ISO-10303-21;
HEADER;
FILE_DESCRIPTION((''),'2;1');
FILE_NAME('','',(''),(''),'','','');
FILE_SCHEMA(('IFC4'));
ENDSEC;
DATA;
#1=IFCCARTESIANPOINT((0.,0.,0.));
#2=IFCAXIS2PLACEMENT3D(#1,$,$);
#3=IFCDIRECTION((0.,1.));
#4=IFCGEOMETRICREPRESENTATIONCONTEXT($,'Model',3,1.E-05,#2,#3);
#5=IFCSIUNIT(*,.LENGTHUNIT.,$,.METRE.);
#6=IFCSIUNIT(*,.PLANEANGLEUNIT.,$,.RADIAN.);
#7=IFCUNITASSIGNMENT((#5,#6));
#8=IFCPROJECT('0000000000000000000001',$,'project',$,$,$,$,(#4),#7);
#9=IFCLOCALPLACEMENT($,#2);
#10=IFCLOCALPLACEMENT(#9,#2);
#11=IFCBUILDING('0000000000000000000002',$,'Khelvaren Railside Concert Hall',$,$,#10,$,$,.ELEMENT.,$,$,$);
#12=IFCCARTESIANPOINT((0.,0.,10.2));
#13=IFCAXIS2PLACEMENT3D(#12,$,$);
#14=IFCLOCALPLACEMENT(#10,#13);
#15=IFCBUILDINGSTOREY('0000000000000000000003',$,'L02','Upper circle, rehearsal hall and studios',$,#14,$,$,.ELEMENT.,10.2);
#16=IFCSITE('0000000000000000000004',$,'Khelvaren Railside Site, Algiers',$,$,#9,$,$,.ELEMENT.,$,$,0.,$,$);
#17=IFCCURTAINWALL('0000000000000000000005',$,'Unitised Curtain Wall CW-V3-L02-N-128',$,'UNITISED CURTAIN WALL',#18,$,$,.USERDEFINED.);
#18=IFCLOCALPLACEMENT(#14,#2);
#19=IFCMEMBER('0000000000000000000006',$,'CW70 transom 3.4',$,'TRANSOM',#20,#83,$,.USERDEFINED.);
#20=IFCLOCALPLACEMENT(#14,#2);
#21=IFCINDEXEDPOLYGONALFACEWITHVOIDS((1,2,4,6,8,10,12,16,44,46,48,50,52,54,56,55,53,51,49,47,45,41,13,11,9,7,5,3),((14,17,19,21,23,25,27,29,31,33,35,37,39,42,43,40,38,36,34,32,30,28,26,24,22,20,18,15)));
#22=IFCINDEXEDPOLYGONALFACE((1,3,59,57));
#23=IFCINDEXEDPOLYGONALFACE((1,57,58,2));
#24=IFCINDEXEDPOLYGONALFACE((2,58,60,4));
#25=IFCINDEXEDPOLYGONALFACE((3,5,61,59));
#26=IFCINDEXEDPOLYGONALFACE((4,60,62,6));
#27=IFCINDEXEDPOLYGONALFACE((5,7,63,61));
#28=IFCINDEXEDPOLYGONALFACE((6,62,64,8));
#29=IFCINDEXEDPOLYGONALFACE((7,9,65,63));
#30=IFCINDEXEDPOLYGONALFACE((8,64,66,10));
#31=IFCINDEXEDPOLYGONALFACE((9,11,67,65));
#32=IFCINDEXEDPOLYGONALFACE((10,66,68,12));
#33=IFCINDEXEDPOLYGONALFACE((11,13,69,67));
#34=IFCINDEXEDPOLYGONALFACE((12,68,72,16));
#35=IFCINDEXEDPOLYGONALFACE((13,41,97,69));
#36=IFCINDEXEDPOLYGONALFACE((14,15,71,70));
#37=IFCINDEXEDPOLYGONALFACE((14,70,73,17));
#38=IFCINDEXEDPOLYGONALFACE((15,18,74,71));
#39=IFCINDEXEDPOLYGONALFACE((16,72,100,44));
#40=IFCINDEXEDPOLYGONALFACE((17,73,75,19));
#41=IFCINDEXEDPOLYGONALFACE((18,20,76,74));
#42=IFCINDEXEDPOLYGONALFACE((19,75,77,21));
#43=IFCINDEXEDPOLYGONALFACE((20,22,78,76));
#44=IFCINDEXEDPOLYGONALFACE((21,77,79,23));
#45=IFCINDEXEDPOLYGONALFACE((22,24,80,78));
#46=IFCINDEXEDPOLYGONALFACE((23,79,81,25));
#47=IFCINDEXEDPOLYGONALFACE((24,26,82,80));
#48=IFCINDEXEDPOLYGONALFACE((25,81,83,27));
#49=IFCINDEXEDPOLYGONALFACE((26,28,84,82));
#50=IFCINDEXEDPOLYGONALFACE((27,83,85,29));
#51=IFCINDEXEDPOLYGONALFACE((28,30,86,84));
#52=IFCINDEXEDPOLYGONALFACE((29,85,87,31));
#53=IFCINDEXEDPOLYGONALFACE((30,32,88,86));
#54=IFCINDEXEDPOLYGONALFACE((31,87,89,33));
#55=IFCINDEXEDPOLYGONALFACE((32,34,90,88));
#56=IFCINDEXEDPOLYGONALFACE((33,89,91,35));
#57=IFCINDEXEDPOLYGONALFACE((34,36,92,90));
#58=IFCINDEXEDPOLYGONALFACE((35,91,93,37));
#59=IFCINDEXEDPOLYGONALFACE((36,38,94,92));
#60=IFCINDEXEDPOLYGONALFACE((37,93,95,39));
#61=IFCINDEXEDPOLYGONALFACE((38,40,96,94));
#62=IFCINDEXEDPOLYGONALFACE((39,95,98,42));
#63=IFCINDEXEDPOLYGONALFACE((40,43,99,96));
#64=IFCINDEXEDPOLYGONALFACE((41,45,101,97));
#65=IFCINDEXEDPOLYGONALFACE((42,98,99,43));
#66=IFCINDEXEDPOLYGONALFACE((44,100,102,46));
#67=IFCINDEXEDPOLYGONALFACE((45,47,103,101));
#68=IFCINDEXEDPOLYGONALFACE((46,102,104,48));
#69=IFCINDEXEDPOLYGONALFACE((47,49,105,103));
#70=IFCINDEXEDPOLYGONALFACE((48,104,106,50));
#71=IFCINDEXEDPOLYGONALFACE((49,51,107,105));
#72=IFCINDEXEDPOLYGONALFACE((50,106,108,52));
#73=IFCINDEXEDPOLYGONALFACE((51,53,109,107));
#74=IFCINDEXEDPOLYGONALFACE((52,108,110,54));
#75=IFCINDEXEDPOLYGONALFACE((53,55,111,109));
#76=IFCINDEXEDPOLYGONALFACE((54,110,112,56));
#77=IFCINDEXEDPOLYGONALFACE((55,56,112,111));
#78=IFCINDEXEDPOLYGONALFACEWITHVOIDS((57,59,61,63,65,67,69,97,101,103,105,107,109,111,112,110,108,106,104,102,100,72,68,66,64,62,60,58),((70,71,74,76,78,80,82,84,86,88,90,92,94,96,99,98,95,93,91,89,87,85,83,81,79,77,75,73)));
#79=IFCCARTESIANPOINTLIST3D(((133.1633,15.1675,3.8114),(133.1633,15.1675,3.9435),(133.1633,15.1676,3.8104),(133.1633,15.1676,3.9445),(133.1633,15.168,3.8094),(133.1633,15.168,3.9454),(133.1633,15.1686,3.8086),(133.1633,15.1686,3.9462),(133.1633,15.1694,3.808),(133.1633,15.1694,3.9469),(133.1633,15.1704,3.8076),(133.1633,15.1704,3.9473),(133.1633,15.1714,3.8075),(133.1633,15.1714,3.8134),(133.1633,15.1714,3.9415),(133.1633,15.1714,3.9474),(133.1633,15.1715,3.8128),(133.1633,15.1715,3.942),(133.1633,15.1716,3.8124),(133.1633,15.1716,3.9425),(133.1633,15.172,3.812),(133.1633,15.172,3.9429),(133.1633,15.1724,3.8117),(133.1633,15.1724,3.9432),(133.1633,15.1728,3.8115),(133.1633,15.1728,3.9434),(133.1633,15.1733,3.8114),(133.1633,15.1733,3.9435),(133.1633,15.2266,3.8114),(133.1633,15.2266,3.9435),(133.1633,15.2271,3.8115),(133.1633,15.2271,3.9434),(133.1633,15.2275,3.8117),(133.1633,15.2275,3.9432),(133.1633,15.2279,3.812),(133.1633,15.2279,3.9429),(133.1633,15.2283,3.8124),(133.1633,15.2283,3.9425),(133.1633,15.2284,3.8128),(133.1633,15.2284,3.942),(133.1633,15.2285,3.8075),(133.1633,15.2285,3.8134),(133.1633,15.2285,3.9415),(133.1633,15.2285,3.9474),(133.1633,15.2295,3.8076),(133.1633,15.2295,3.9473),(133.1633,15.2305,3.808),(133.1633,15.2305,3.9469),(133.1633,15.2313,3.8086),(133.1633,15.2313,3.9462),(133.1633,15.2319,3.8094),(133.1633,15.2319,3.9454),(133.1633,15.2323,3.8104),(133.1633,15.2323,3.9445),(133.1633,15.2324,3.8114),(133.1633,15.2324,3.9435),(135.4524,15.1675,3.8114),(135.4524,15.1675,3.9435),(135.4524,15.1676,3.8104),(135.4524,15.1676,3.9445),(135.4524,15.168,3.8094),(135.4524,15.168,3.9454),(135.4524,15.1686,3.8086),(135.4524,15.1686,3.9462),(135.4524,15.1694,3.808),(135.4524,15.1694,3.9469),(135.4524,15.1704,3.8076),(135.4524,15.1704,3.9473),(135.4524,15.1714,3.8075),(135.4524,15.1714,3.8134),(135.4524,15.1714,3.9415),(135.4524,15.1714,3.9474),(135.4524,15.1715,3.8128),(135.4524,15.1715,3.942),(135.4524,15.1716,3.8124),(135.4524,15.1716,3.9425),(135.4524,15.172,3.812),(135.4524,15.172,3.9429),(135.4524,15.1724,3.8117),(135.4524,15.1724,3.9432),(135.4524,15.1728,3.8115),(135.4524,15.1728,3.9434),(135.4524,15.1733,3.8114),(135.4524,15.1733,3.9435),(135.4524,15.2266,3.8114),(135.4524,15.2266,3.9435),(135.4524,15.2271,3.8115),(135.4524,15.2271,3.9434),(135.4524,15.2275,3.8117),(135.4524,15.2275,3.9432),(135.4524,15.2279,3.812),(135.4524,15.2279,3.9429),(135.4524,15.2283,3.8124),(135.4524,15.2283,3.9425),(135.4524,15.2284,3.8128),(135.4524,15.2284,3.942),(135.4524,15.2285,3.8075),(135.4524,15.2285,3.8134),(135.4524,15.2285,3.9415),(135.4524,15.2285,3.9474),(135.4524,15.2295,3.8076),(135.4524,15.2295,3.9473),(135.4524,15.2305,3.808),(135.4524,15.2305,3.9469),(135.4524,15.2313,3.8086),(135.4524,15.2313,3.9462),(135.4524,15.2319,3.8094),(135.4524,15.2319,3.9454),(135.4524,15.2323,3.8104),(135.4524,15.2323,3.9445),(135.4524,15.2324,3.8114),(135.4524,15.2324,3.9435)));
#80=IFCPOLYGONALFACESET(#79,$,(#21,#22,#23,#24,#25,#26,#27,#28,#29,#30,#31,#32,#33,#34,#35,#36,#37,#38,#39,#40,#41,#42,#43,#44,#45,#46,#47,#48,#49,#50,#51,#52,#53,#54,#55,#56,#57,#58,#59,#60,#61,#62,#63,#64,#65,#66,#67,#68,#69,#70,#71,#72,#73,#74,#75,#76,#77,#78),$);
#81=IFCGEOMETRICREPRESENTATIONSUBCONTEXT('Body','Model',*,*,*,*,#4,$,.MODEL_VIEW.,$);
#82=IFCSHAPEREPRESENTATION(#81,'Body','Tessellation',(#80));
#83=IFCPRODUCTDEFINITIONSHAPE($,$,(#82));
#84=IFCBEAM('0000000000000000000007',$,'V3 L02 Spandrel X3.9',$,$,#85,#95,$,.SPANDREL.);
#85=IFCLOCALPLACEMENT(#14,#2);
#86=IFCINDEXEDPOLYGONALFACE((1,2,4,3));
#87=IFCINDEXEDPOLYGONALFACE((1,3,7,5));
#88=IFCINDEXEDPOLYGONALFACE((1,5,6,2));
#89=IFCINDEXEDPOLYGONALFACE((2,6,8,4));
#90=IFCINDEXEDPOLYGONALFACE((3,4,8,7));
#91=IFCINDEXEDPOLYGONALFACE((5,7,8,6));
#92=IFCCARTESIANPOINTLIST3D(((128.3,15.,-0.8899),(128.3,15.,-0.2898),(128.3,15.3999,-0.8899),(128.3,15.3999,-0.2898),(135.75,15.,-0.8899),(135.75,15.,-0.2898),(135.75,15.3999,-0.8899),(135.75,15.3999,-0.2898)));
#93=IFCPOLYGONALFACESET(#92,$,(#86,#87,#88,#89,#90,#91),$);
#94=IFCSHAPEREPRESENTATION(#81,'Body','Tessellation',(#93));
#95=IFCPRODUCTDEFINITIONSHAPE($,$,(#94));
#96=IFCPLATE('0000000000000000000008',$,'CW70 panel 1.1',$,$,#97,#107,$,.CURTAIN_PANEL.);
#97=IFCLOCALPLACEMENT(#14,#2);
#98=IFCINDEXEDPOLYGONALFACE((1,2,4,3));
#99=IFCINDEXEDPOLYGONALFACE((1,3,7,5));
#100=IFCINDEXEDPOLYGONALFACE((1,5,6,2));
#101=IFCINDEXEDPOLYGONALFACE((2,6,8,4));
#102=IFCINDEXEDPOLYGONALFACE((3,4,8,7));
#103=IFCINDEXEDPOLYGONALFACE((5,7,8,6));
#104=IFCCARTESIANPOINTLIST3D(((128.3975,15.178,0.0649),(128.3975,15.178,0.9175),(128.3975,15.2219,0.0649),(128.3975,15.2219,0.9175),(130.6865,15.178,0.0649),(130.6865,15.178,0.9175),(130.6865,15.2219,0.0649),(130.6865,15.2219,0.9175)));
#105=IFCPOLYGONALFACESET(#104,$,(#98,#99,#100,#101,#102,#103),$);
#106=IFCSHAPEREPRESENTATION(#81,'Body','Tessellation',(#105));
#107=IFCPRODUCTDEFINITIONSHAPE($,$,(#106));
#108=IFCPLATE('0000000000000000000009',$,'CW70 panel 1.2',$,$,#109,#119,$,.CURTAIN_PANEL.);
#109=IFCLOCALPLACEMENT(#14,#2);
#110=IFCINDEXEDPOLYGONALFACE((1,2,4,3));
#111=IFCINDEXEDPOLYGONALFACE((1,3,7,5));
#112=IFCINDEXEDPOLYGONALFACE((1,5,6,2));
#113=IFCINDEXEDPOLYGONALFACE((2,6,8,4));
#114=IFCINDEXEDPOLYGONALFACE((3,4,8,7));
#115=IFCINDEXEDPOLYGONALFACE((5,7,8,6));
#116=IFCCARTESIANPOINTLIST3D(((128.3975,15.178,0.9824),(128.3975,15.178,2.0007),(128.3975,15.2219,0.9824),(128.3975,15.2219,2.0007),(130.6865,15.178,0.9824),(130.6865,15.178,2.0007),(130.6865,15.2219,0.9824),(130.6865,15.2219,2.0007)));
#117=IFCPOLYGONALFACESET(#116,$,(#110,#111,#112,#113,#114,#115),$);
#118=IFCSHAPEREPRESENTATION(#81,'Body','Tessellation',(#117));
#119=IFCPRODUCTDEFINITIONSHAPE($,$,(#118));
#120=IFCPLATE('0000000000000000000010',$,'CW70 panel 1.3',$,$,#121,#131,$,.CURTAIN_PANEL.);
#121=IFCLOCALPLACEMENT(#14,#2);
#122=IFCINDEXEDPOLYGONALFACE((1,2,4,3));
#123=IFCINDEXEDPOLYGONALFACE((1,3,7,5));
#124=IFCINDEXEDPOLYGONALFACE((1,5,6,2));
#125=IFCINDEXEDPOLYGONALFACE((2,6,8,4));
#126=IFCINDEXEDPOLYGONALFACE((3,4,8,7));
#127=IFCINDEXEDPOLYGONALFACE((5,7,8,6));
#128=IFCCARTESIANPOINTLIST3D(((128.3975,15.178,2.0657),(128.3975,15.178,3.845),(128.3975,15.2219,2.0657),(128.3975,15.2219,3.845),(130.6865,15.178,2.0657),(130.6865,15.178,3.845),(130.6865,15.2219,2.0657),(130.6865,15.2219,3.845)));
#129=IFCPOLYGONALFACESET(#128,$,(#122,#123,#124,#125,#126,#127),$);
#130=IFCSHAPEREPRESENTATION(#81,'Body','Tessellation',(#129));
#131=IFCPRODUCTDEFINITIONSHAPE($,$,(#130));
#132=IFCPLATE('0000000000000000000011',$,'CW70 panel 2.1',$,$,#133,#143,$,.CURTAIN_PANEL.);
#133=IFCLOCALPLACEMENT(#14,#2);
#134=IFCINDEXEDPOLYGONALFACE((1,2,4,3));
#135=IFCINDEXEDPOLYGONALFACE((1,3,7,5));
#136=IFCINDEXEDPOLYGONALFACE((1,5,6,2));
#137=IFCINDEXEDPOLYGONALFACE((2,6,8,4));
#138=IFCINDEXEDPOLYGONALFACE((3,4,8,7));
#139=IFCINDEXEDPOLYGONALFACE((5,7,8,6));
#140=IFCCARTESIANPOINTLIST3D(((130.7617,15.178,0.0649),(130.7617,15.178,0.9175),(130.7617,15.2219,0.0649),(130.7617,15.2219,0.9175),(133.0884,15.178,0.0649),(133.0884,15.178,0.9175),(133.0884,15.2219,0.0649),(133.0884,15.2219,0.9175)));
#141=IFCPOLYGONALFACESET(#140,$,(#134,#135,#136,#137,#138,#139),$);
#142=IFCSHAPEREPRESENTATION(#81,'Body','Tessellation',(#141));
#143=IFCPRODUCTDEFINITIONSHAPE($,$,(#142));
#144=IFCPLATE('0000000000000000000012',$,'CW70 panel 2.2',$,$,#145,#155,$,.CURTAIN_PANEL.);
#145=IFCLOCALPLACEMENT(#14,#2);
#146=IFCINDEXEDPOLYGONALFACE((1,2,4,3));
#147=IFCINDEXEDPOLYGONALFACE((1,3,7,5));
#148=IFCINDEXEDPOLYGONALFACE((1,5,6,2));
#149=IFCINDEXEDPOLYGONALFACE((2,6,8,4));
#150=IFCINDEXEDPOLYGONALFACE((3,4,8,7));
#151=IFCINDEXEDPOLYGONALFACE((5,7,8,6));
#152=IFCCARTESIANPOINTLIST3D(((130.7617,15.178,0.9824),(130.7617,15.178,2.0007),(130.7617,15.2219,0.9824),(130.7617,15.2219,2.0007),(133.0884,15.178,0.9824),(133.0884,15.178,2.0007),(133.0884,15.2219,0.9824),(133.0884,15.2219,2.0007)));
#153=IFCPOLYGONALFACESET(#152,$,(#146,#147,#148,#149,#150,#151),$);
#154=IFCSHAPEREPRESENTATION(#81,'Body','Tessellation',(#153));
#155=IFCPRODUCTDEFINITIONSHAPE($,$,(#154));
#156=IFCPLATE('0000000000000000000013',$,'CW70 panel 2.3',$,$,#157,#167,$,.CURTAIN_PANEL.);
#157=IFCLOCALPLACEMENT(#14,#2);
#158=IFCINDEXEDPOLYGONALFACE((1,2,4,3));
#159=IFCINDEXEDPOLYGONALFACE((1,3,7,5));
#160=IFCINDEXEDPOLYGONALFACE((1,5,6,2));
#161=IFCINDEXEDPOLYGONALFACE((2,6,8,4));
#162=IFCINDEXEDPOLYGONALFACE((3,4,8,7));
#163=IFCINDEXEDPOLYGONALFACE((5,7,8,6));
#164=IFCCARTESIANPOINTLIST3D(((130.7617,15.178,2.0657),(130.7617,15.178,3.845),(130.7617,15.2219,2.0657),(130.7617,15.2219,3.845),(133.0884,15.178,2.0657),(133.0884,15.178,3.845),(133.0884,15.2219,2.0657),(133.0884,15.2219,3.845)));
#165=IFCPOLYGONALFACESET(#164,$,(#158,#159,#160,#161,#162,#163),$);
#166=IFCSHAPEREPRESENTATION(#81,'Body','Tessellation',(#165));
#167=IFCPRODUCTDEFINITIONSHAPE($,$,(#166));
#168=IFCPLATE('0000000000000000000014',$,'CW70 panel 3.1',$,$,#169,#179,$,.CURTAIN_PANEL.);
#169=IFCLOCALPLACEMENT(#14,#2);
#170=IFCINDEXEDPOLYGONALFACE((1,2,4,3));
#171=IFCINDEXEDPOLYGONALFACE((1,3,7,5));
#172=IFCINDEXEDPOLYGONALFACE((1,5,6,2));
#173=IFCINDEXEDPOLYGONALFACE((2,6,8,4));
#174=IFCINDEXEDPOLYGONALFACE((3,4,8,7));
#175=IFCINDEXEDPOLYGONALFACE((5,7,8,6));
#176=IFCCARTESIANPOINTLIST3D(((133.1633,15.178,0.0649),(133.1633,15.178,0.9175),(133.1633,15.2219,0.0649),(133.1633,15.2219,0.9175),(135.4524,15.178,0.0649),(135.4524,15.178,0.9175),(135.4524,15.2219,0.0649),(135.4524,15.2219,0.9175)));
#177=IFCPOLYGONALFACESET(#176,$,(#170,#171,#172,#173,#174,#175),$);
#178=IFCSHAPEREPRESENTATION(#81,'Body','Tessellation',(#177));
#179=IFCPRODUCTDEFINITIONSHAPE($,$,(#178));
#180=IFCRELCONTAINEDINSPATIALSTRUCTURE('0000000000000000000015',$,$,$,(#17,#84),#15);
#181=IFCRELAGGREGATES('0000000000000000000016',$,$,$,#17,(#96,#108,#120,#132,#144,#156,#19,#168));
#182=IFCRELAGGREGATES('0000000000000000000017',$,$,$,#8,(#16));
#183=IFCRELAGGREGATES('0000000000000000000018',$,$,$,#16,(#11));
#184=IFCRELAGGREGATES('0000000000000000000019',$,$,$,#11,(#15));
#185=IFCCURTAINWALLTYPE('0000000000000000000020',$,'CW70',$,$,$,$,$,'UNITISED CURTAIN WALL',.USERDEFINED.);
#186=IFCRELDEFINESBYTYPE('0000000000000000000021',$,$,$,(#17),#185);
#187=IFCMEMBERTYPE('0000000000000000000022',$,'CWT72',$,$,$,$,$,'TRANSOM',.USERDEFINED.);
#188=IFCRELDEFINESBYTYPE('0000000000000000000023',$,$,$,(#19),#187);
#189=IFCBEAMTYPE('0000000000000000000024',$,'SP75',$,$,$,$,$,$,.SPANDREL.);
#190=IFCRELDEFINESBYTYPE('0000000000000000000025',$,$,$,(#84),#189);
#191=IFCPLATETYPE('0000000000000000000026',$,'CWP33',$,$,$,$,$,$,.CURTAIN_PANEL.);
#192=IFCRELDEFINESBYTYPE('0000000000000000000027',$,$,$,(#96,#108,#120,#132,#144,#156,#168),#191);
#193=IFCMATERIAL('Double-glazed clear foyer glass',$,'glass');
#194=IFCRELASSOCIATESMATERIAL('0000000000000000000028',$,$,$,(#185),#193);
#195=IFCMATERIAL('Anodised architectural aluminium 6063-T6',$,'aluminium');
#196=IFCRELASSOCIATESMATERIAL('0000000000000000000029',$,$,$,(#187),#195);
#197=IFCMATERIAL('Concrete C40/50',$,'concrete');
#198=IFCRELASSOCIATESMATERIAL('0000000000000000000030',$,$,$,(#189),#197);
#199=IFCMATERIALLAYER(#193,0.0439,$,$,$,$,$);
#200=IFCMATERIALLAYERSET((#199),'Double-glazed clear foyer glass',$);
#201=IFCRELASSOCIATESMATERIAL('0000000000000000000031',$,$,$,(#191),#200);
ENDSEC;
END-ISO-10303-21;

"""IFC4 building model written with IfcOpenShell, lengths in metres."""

from ifc_helpers import new_model, si_unit, direction, frame, origin, origin_2d, place, context, subcontext, project, spatial, rectangle, hollow_rectangle, extrude, material, layer, layer_set, material_profile, profile_set, type_object, element, aggregate, save


model = new_model("IFC4")

# Units and contexts
model_context = context("Model", 3, precision=1e-05, world=origin(), true_north=direction((0.0, 1.0)))
body_context = subcontext(model_context, "Body", "Model", "MODEL_VIEW")
ifc_project = project(units=[si_unit("LENGTHUNIT", "METRE"), si_unit("PLANEANGLEUNIT", "RADIAN")], contexts=[model_context])

# Site, building, storey
site_placement = place(None, origin())
site = spatial("IfcSite", under=ifc_project, at=site_placement, Name="Khelvaren Railside Site, Algiers", CompositionType="ELEMENT", RefElevation=0.0)
building_placement = place(site_placement, origin())
building = spatial("IfcBuilding", under=site, at=building_placement, Name="Khelvaren Railside Concert Hall", CompositionType="ELEMENT")
storey_placement = place(building_placement, frame((0.0, 0.0, 10.2)))
storey = spatial("IfcBuildingStorey", under=building, at=storey_placement, Name="L02", Description="Upper circle, rehearsal hall and studios", CompositionType="ELEMENT", Elevation=10.2)

# Shared definitions
ifc_material_1 = material(Name="Concrete C40/50", Category="concrete")

# Curtain wall, member
ifc_material_2 = material(Name="Double-glazed clear foyer glass", Category="glass")
curtain_wall_type = type_object("IfcCurtainWallType", Name="CW70", ElementType="UNITISED CURTAIN WALL", PredefinedType="USERDEFINED", material=ifc_material_2)
curtain_wall_placement = place(storey_placement, origin())
curtain_wall = element("IfcCurtainWall", 1, at=curtain_wall_placement, inside=storey, type_object=curtain_wall_type, Name="Unitised Curtain Wall CW-V3-L02-N-128", ObjectType="UNITISED CURTAIN WALL", PredefinedType="USERDEFINED")
ifc_material_3 = material(Name="Anodised architectural aluminium 6063-T6", Category="aluminium")
ifc_material_profile_1 = material_profile(ifc_material_3, hollow_rectangle(XDim=0.0649, YDim=0.1399, WallThickness=0.0039, InnerFilletRadius=0.002, OuterFilletRadius=0.0039, at=origin_2d()), Name="CWT 65x140x4")
ifc_profile_set_1 = profile_set([ifc_material_profile_1], Name="Anodised architectural aluminium 6063-T6")
member_type_1 = type_object("IfcMemberType", Name="CWT72", ElementType="TRANSOM", PredefinedType="USERDEFINED", material=ifc_profile_set_1)
member_1_placement = place(storey_placement, frame((133.1633, 15.2, 3.8774), z_axis=(1.0, 0.0, 0.0), x_axis=(0.0, 1.0, 0.0)))
member_1 = element("IfcMember", 2, at=member_1_placement, type_object=member_type_1, Name="CW70 transom 3.4", ObjectType="TRANSOM", PredefinedType="USERDEFINED", context=body_context, shape_type="SweptSolid", body=[
    extrude(hollow_rectangle(XDim=0.0649, YDim=0.1399, WallThickness=0.0039, InnerFilletRadius=0.002, OuterFilletRadius=0.0039, at=origin_2d()), origin(), (0.0, 0.0, 1.0), 2.2891),
])

# Beam
ifc_material_profile_2 = material_profile(ifc_material_1, rectangle(XDim=0.3999, YDim=0.6001, at=origin_2d()), Name="RCB 400x600")
ifc_profile_set_2 = profile_set([ifc_material_profile_2], Name="Concrete C40/50")
beam_type_1 = type_object("IfcBeamType", Name="SP75", PredefinedType="SPANDREL", material=ifc_profile_set_2)
beam_1_placement = place(storey_placement, frame((128.3, 15.2, -0.5898), z_axis=(1.0, 0.0, 0.0), x_axis=(0.0, 1.0, 0.0)))
element("IfcBeam", 3, at=beam_1_placement, inside=storey, type_object=beam_type_1, Name="V3 L02 Spandrel X3.9", PredefinedType="SPANDREL", context=body_context, shape_type="SweptSolid", body=[
    extrude(rectangle(XDim=0.3999, YDim=0.6001, at=origin_2d()), origin(), (0.0, 0.0, 1.0), 7.45),
])

# Plates
ifc_layer = layer(ifc_material_2, 0.0439)
ifc_layer_set = layer_set([ifc_layer], Name="Double-glazed clear foyer glass")
plate_type = type_object("IfcPlateType", Name="CWP33", PredefinedType="CURTAIN_PANEL", material=ifc_layer_set)
plate_1_placement = place(storey_placement, frame((129.542, 15.2, 0.0649), z_axis=(0.0, 0.0, 1.0), x_axis=(1.0, 0.0, 0.0)))
plate_1 = element("IfcPlate", 4, at=plate_1_placement, type_object=plate_type, Name="CW70 panel 1.1", PredefinedType="CURTAIN_PANEL", context=body_context, shape_type="SweptSolid", body=[
    extrude(rectangle(XDim=2.2891, YDim=0.0439, at=origin_2d()), origin(), (0.0, 0.0, 1.0), 0.8525),
])
plate_2_placement = place(storey_placement, frame((129.542, 15.2, 0.9824), z_axis=(0.0, 0.0, 1.0), x_axis=(1.0, 0.0, 0.0)))
plate_2 = element("IfcPlate", 5, at=plate_2_placement, type_object=plate_type, Name="CW70 panel 1.2", PredefinedType="CURTAIN_PANEL", context=body_context, shape_type="SweptSolid", body=[
    extrude(rectangle(XDim=2.2891, YDim=0.0439, at=origin_2d()), origin(), (0.0, 0.0, 1.0), 1.0183),
])
plate_3_placement = place(storey_placement, frame((129.542, 15.2, 2.0657), z_axis=(0.0, 0.0, 1.0), x_axis=(1.0, 0.0, 0.0)))
plate_3 = element("IfcPlate", 6, at=plate_3_placement, type_object=plate_type, Name="CW70 panel 1.3", PredefinedType="CURTAIN_PANEL", context=body_context, shape_type="SweptSolid", body=[
    extrude(rectangle(XDim=2.2891, YDim=0.0439, at=origin_2d()), origin(), (0.0, 0.0, 1.0), 1.7793),
])
plate_4_placement = place(storey_placement, frame((131.925, 15.2, 0.0649), z_axis=(0.0, 0.0, 1.0), x_axis=(1.0, 0.0, 0.0)))
plate_4 = element("IfcPlate", 7, at=plate_4_placement, type_object=plate_type, Name="CW70 panel 2.1", PredefinedType="CURTAIN_PANEL", context=body_context, shape_type="SweptSolid", body=[
    extrude(rectangle(XDim=2.3267, YDim=0.0439, at=origin_2d()), origin(), (0.0, 0.0, 1.0), 0.8525),
])
plate_5_placement = place(storey_placement, frame((131.925, 15.2, 0.9824), z_axis=(0.0, 0.0, 1.0), x_axis=(1.0, 0.0, 0.0)))
plate_5 = element("IfcPlate", 8, at=plate_5_placement, type_object=plate_type, Name="CW70 panel 2.2", PredefinedType="CURTAIN_PANEL", context=body_context, shape_type="SweptSolid", body=[
    extrude(rectangle(XDim=2.3267, YDim=0.0439, at=origin_2d()), origin(), (0.0, 0.0, 1.0), 1.0183),
])
plate_6_placement = place(storey_placement, frame((131.925, 15.2, 2.0657), z_axis=(0.0, 0.0, 1.0), x_axis=(1.0, 0.0, 0.0)))
plate_6 = element("IfcPlate", 9, at=plate_6_placement, type_object=plate_type, Name="CW70 panel 2.3", PredefinedType="CURTAIN_PANEL", context=body_context, shape_type="SweptSolid", body=[
    extrude(rectangle(XDim=2.3267, YDim=0.0439, at=origin_2d()), origin(), (0.0, 0.0, 1.0), 1.7793),
])
plate_7_placement = place(storey_placement, frame((134.3079, 15.2, 0.0649), z_axis=(0.0, 0.0, 1.0), x_axis=(1.0, 0.0, 0.0)))
plate_7 = element("IfcPlate", 10, at=plate_7_placement, type_object=plate_type, Name="CW70 panel 3.1", PredefinedType="CURTAIN_PANEL", context=body_context, shape_type="SweptSolid", body=[
    extrude(rectangle(XDim=2.2891, YDim=0.0439, at=origin_2d()), origin(), (0.0, 0.0, 1.0), 0.8525),
])
aggregate(curtain_wall, [plate_1, plate_2, plate_3, plate_4, plate_5, plate_6, member_1, plate_7])

save(model, "model.ifc")
